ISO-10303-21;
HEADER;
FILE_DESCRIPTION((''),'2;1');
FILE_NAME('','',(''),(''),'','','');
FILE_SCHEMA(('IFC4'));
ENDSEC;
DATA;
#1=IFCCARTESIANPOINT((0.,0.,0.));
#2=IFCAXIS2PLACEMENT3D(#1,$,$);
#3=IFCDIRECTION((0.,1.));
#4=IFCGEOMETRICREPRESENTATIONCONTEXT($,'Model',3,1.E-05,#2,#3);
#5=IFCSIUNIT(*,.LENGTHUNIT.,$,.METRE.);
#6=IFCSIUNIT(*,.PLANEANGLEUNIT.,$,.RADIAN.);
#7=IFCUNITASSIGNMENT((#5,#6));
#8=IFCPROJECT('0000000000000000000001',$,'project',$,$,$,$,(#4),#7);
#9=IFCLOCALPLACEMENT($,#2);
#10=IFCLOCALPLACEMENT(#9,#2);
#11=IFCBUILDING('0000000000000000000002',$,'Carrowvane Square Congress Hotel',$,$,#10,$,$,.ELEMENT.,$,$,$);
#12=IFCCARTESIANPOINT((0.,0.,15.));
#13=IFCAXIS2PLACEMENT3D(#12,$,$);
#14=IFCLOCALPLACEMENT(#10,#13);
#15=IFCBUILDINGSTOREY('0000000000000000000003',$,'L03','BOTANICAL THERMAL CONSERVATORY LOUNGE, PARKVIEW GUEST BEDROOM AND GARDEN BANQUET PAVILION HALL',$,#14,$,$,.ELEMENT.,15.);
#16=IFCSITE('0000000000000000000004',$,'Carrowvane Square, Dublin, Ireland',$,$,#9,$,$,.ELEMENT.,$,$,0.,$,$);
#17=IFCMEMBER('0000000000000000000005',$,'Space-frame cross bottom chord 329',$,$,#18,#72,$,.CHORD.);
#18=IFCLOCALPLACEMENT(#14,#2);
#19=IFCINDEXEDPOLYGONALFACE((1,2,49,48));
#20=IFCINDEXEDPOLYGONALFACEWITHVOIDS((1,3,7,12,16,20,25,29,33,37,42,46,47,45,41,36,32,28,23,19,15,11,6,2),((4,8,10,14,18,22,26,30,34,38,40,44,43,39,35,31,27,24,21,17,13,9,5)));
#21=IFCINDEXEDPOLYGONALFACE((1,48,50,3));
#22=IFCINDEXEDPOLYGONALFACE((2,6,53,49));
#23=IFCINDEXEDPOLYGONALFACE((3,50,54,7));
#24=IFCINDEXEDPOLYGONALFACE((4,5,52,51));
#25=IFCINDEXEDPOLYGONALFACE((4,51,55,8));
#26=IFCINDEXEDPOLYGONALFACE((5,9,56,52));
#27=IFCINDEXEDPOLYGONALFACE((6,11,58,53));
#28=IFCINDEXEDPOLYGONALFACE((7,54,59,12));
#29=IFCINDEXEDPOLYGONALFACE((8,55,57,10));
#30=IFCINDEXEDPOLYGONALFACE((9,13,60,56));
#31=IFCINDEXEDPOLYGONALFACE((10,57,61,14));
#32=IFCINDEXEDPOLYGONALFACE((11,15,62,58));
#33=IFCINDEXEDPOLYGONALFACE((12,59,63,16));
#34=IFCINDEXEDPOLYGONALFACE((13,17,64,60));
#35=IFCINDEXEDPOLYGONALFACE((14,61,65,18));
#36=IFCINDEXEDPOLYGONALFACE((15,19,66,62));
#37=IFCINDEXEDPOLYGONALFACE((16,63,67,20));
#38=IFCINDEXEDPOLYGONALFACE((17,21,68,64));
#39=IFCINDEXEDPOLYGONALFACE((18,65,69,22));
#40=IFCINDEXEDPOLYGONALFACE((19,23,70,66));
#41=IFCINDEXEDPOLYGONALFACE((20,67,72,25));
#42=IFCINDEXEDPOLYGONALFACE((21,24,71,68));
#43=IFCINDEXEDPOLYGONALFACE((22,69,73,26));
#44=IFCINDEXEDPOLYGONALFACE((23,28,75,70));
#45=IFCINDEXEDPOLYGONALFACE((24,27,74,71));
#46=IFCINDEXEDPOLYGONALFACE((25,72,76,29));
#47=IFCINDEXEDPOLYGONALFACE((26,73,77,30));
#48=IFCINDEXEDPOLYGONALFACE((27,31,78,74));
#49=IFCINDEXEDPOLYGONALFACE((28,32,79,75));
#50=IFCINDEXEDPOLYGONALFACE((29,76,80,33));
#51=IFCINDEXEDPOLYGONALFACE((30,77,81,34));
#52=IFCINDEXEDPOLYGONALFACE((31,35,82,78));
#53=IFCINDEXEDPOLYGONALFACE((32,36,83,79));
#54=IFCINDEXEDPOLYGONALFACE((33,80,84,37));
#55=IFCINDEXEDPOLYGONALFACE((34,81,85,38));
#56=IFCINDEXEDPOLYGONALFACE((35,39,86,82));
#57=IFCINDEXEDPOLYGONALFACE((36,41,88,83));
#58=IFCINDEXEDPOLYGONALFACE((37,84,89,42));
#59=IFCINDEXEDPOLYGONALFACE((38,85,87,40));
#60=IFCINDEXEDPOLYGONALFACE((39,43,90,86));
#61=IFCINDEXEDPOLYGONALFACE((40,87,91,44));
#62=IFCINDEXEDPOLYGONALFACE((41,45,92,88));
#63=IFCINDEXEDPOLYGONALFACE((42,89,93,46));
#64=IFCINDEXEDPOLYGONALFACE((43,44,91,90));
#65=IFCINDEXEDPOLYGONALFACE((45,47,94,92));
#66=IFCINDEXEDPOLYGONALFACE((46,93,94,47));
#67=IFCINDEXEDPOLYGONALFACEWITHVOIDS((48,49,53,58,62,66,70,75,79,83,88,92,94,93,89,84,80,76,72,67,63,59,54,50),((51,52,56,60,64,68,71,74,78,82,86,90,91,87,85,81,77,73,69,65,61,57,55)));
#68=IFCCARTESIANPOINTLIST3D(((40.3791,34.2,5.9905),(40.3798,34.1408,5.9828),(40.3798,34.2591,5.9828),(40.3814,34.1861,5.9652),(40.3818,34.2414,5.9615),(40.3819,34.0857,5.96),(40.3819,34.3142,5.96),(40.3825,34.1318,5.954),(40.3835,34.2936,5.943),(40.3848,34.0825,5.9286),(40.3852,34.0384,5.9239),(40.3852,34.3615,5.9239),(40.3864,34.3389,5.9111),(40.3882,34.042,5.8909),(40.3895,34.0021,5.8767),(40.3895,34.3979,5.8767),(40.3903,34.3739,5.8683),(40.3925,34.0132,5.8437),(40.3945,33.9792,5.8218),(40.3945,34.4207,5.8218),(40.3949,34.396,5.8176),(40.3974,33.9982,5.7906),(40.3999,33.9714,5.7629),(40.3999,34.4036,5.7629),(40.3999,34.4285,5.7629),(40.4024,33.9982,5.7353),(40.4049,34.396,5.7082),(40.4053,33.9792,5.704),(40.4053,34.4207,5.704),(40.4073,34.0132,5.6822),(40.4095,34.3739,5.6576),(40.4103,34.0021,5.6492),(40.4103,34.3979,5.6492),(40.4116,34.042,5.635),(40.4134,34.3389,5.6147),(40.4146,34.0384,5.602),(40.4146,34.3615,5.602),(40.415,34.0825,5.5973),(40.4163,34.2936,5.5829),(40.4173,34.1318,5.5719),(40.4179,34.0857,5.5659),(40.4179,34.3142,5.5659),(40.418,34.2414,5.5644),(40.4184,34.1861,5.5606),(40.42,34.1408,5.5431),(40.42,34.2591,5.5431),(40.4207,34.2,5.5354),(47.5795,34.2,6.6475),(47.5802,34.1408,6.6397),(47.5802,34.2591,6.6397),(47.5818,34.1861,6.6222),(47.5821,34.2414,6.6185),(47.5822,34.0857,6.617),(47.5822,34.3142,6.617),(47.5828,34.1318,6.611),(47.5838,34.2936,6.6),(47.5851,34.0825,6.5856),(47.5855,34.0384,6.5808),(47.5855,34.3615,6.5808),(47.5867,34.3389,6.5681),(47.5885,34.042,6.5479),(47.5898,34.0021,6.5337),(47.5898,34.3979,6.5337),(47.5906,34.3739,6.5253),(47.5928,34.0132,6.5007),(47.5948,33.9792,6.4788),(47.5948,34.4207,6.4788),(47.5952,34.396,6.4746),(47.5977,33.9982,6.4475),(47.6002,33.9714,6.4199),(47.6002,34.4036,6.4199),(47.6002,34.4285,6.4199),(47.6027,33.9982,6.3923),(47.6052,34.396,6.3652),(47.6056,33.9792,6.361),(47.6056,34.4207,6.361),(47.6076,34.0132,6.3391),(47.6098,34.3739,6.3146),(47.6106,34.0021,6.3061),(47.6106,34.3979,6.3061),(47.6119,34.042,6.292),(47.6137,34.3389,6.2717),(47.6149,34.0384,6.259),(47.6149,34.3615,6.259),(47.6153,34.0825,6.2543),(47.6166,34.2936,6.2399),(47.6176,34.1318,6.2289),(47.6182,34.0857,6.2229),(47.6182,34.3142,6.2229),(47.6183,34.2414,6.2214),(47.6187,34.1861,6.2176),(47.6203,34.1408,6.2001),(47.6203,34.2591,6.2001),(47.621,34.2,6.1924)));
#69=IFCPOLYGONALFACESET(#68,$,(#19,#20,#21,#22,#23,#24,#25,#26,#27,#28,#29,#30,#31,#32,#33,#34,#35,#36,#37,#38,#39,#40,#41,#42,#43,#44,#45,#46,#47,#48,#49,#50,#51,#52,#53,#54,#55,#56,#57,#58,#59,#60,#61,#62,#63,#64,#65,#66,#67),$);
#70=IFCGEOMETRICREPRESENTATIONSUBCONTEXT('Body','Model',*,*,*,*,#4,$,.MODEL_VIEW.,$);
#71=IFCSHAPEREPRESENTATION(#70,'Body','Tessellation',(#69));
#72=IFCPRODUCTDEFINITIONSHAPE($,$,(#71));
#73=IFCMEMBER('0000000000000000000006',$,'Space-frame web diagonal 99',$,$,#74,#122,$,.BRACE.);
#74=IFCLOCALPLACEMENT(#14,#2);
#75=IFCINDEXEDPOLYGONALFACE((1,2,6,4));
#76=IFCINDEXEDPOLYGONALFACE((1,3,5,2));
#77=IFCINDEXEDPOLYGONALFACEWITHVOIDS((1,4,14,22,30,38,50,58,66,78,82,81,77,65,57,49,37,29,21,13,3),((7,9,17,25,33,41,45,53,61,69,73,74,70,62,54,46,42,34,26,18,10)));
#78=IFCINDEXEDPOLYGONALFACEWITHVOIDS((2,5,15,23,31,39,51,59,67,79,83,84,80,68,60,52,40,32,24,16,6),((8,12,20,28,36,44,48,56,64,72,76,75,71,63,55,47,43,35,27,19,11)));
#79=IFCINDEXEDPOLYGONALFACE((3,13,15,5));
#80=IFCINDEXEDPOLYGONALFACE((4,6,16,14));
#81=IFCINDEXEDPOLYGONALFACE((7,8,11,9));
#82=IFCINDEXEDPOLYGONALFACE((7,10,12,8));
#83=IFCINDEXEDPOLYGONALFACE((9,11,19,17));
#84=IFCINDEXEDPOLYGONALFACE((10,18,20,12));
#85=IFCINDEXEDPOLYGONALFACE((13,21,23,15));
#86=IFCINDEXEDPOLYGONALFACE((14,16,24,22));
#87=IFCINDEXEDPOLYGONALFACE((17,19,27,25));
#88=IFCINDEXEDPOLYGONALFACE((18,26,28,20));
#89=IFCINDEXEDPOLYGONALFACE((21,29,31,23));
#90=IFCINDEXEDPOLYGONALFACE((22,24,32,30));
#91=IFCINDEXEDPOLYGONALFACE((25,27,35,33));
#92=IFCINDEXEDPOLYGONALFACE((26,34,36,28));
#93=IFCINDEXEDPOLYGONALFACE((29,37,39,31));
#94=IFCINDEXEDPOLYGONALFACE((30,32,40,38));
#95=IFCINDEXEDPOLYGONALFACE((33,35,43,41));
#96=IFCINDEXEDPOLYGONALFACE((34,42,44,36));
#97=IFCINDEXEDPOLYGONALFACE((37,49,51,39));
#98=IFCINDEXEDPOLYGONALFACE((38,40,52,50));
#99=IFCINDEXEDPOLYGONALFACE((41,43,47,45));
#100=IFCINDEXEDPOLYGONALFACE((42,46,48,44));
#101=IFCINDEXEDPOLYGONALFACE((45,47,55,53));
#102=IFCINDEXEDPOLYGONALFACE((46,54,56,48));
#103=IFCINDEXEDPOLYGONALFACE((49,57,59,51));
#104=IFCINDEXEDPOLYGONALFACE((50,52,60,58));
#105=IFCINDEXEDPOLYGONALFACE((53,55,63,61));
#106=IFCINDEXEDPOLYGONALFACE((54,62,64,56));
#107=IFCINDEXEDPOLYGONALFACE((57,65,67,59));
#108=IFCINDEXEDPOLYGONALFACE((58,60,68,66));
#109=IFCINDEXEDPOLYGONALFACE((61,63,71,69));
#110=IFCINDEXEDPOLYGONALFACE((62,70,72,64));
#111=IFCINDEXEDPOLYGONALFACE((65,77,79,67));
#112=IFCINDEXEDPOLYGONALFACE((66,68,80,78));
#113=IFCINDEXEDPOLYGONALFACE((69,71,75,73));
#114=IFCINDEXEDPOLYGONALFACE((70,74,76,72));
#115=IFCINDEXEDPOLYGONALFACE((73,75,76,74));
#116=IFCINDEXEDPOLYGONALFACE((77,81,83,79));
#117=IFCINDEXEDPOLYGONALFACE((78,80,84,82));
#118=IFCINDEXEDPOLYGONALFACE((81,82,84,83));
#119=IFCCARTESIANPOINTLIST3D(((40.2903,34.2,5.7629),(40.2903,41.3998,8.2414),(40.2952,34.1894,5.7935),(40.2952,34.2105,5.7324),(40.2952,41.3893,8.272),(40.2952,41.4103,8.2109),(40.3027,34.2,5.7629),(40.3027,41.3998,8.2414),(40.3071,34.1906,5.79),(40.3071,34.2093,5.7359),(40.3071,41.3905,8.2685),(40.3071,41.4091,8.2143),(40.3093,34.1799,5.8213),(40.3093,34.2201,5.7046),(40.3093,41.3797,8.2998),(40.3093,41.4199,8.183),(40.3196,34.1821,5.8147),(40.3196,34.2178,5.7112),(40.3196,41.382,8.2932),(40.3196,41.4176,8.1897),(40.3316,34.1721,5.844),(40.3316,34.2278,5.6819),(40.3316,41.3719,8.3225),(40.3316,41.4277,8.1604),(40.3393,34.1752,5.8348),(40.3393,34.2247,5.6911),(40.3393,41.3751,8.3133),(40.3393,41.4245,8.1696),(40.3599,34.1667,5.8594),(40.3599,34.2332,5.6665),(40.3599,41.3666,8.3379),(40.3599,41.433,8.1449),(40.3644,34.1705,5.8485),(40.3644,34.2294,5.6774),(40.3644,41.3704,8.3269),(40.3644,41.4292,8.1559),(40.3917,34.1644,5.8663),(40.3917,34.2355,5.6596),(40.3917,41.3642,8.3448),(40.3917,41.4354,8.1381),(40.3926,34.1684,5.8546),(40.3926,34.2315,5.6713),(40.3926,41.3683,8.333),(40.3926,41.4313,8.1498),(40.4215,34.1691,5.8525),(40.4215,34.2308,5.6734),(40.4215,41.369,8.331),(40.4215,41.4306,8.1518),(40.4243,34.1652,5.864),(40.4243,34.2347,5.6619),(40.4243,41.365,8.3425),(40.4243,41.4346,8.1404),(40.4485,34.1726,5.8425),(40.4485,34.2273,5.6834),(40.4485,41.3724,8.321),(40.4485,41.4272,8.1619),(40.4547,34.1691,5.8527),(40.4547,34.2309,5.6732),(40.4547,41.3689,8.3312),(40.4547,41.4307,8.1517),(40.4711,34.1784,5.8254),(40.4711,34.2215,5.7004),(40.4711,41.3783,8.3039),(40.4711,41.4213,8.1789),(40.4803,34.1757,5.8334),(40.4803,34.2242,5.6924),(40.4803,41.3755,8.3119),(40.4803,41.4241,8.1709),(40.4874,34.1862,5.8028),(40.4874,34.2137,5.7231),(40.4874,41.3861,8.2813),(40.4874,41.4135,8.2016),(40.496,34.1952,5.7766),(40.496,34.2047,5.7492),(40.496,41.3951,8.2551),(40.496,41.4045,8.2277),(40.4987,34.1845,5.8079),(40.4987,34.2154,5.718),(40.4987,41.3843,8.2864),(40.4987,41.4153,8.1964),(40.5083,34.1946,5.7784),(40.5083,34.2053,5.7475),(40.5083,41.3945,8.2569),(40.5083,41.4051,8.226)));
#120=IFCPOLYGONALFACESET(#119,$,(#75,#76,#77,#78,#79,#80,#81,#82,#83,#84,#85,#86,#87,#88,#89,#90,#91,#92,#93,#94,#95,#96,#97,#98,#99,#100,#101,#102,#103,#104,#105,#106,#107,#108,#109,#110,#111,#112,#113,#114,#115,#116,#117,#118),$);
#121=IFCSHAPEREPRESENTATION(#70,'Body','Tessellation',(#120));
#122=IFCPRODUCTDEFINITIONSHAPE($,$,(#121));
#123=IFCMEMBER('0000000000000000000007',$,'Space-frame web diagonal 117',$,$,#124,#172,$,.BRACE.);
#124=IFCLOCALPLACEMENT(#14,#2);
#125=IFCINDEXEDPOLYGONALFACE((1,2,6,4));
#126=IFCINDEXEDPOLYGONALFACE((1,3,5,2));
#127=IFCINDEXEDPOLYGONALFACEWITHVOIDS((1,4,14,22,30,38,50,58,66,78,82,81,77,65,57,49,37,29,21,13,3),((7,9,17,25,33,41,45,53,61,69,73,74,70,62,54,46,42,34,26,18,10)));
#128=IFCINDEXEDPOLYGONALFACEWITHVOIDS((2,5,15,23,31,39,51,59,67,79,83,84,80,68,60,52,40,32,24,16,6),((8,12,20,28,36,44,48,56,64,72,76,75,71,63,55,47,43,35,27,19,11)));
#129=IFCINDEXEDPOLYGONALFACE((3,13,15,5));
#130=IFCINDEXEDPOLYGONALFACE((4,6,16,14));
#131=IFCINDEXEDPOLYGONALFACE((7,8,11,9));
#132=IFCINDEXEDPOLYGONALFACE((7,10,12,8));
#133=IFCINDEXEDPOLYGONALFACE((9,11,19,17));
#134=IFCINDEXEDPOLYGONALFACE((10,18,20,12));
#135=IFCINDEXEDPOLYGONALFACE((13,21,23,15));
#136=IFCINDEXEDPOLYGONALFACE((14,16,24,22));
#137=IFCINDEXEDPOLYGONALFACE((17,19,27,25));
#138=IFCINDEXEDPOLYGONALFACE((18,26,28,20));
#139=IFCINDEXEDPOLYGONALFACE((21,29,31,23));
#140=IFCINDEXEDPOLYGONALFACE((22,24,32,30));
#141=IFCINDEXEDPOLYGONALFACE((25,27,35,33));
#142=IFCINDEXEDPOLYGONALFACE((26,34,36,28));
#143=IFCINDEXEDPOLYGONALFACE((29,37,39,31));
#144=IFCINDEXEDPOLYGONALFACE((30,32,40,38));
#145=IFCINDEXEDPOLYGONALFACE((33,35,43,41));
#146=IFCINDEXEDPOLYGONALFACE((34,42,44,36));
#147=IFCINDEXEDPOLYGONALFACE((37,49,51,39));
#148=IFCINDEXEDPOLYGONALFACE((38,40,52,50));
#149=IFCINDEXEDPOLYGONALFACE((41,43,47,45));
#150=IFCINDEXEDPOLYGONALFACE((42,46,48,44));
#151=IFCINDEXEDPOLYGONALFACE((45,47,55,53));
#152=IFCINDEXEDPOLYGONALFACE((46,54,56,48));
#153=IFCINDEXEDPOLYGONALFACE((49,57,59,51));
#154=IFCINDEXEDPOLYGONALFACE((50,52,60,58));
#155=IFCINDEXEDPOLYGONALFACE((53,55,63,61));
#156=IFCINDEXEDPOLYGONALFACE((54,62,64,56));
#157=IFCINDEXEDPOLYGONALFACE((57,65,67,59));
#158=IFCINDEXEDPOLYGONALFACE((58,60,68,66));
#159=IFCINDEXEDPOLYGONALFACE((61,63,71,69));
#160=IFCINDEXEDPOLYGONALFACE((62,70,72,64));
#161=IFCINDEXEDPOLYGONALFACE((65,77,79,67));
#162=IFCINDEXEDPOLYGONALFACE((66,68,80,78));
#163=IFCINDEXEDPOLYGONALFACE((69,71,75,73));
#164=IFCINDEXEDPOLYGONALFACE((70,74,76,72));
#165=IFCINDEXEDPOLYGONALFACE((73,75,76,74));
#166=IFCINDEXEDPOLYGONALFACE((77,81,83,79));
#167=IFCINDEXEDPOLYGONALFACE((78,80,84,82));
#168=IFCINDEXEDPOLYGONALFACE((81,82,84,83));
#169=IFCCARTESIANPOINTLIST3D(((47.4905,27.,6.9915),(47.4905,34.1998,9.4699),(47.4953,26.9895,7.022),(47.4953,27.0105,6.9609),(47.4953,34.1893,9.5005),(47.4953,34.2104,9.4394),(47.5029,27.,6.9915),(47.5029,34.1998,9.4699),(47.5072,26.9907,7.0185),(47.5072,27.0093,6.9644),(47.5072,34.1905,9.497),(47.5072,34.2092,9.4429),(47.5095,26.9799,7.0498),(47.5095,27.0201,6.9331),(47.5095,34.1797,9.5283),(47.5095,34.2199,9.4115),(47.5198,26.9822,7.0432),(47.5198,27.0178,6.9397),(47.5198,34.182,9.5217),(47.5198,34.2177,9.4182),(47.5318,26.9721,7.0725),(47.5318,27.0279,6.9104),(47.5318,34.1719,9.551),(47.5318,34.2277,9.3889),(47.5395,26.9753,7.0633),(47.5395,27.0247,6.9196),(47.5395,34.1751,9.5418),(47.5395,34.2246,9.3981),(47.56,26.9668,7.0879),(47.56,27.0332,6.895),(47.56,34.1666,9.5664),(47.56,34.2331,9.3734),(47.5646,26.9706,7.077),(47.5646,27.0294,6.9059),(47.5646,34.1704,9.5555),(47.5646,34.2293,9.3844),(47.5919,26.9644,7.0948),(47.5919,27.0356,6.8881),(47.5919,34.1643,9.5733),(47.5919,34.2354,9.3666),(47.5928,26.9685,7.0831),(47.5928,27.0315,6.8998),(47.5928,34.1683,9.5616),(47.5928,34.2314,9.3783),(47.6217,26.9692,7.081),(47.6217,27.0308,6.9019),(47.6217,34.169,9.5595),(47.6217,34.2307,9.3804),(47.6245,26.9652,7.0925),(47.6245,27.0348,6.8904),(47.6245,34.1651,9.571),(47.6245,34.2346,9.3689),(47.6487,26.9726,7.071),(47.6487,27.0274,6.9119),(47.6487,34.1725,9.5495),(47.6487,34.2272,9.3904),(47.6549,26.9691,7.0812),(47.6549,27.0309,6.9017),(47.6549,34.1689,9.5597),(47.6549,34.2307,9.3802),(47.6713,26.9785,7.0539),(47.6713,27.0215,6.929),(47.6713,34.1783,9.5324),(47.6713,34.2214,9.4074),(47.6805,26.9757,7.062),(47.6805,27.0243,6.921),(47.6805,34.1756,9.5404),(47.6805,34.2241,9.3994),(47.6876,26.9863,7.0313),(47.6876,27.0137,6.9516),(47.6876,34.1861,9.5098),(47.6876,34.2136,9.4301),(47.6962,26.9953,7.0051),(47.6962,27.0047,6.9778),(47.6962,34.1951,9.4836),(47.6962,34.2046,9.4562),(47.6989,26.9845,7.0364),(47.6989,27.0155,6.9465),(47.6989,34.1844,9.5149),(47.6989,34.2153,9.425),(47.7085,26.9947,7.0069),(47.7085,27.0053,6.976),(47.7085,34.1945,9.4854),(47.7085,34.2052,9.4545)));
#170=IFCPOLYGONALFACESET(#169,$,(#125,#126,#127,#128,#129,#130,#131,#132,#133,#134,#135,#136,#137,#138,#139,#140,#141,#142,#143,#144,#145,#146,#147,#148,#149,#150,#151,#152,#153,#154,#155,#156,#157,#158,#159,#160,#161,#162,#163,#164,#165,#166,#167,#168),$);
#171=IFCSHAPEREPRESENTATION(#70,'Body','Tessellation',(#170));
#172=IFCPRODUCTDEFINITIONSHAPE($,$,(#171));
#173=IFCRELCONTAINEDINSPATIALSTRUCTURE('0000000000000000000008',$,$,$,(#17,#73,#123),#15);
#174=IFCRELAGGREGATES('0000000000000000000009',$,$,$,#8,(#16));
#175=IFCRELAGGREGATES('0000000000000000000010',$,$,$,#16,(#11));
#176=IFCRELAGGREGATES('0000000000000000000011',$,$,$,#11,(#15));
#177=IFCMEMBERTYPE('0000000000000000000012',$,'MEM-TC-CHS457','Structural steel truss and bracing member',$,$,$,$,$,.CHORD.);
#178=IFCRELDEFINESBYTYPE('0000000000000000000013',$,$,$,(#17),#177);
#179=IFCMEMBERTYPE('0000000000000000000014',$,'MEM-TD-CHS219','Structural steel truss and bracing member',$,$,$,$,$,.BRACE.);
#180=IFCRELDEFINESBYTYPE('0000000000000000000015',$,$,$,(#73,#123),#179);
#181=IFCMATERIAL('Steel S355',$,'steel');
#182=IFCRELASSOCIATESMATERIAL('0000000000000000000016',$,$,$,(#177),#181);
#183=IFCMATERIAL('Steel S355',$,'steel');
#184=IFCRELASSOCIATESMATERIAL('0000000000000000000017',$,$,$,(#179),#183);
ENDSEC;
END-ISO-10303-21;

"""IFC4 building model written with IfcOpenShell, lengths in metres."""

from ifc_helpers import new_model, si_unit, direction, frame, origin, origin_2d, place, context, subcontext, project, spatial, hollow_circle, extrude, material, material_profile, profile_set, type_object, element, save


model = new_model("IFC4")

# Units and contexts
model_context = context("Model", 3, precision=1e-05, world=origin(), true_north=direction((0.0, 1.0)))
body_context = subcontext(model_context, "Body", "Model", "MODEL_VIEW")
ifc_project = project(units=[si_unit("LENGTHUNIT", "METRE"), si_unit("PLANEANGLEUNIT", "RADIAN")], contexts=[model_context])

# Site, building, storey
site_placement = place(None, origin())
site = spatial("IfcSite", under=ifc_project, at=site_placement, Name="Carrowvane Square, Dublin, Ireland", CompositionType="ELEMENT", RefElevation=0.0)
building_placement = place(site_placement, origin())
building = spatial("IfcBuilding", under=site, at=building_placement, Name="Carrowvane Square Congress Hotel", CompositionType="ELEMENT")
storey_placement = place(building_placement, frame((0.0, 0.0, 15.0)))
storey = spatial("IfcBuildingStorey", under=building, at=storey_placement, Name="L03", Description="BOTANICAL THERMAL CONSERVATORY LOUNGE, PARKVIEW GUEST BEDROOM AND GARDEN BANQUET PAVILION HALL", CompositionType="ELEMENT", Elevation=15.0)

# Members
ifc_material_1 = material(Name="Steel S355", Category="steel")
ifc_material_profile_1 = material_profile(ifc_material_1, hollow_circle(Radius=0.2285, WallThickness=0.0249, at=origin_2d()), Name="CHS 457.0x25")
ifc_profile_set_1 = profile_set([ifc_material_profile_1], Name="Steel S355")
member_type_1 = type_object("IfcMemberType", Name="MEM-TC-CHS457", Description="Structural steel truss and bracing member", PredefinedType="CHORD", material=ifc_profile_set_1)
member_1_placement = place(storey_placement, frame((40.3999, 34.2, 5.7629), z_axis=(0.995863, 0.0, 0.090868), x_axis=(0.0, 1.0, 0.0)))
element("IfcMember", 1, at=member_1_placement, inside=storey, type_object=member_type_1, Name="Space-frame cross bottom chord 329", PredefinedType="CHORD", context=body_context, shape_type="SweptSolid", body=[
    extrude(hollow_circle(Radius=0.2285, WallThickness=0.0249, at=origin_2d()), origin(), (0.0, 0.0, 1.0), 7.2302),
])
ifc_material_2 = material(Name="Steel S355", Category="steel")
ifc_material_profile_2 = material_profile(ifc_material_2, hollow_circle(Radius=0.1096, WallThickness=0.0125, at=origin_2d()), Name="CHS 219.1x12.5")
ifc_profile_set_2 = profile_set([ifc_material_profile_2], Name="Steel S355")
member_type_2 = type_object("IfcMemberType", Name="MEM-TD-CHS219", Description="Structural steel truss and bracing member", PredefinedType="BRACE", material=ifc_profile_set_2)
for number, where, z_axis, x_axis, name in (
    (2, (40.3999, 34.2, 5.7629), (0.0, 0.945544, 0.325495), (-1.0, 0.0, 0.0), "Space-frame web diagonal 99"),
    (3, (47.6001, 27.0, 6.9915), (0.0, 0.945544, 0.325495), (-1.0, 0.0, 0.0), "Space-frame web diagonal 117"),
):
    element("IfcMember", number, at=place(storey_placement, frame(where, z_axis=z_axis, x_axis=x_axis)), inside=storey, type_object=member_type_2, Name=name, PredefinedType="BRACE", context=body_context, shape_type="SweptSolid", body=[
        extrude(hollow_circle(Radius=0.1096, WallThickness=0.0125, at=origin_2d()), origin(), (0.0, 0.0, 1.0), 7.6145),
    ])

save(model, "model.ifc")
